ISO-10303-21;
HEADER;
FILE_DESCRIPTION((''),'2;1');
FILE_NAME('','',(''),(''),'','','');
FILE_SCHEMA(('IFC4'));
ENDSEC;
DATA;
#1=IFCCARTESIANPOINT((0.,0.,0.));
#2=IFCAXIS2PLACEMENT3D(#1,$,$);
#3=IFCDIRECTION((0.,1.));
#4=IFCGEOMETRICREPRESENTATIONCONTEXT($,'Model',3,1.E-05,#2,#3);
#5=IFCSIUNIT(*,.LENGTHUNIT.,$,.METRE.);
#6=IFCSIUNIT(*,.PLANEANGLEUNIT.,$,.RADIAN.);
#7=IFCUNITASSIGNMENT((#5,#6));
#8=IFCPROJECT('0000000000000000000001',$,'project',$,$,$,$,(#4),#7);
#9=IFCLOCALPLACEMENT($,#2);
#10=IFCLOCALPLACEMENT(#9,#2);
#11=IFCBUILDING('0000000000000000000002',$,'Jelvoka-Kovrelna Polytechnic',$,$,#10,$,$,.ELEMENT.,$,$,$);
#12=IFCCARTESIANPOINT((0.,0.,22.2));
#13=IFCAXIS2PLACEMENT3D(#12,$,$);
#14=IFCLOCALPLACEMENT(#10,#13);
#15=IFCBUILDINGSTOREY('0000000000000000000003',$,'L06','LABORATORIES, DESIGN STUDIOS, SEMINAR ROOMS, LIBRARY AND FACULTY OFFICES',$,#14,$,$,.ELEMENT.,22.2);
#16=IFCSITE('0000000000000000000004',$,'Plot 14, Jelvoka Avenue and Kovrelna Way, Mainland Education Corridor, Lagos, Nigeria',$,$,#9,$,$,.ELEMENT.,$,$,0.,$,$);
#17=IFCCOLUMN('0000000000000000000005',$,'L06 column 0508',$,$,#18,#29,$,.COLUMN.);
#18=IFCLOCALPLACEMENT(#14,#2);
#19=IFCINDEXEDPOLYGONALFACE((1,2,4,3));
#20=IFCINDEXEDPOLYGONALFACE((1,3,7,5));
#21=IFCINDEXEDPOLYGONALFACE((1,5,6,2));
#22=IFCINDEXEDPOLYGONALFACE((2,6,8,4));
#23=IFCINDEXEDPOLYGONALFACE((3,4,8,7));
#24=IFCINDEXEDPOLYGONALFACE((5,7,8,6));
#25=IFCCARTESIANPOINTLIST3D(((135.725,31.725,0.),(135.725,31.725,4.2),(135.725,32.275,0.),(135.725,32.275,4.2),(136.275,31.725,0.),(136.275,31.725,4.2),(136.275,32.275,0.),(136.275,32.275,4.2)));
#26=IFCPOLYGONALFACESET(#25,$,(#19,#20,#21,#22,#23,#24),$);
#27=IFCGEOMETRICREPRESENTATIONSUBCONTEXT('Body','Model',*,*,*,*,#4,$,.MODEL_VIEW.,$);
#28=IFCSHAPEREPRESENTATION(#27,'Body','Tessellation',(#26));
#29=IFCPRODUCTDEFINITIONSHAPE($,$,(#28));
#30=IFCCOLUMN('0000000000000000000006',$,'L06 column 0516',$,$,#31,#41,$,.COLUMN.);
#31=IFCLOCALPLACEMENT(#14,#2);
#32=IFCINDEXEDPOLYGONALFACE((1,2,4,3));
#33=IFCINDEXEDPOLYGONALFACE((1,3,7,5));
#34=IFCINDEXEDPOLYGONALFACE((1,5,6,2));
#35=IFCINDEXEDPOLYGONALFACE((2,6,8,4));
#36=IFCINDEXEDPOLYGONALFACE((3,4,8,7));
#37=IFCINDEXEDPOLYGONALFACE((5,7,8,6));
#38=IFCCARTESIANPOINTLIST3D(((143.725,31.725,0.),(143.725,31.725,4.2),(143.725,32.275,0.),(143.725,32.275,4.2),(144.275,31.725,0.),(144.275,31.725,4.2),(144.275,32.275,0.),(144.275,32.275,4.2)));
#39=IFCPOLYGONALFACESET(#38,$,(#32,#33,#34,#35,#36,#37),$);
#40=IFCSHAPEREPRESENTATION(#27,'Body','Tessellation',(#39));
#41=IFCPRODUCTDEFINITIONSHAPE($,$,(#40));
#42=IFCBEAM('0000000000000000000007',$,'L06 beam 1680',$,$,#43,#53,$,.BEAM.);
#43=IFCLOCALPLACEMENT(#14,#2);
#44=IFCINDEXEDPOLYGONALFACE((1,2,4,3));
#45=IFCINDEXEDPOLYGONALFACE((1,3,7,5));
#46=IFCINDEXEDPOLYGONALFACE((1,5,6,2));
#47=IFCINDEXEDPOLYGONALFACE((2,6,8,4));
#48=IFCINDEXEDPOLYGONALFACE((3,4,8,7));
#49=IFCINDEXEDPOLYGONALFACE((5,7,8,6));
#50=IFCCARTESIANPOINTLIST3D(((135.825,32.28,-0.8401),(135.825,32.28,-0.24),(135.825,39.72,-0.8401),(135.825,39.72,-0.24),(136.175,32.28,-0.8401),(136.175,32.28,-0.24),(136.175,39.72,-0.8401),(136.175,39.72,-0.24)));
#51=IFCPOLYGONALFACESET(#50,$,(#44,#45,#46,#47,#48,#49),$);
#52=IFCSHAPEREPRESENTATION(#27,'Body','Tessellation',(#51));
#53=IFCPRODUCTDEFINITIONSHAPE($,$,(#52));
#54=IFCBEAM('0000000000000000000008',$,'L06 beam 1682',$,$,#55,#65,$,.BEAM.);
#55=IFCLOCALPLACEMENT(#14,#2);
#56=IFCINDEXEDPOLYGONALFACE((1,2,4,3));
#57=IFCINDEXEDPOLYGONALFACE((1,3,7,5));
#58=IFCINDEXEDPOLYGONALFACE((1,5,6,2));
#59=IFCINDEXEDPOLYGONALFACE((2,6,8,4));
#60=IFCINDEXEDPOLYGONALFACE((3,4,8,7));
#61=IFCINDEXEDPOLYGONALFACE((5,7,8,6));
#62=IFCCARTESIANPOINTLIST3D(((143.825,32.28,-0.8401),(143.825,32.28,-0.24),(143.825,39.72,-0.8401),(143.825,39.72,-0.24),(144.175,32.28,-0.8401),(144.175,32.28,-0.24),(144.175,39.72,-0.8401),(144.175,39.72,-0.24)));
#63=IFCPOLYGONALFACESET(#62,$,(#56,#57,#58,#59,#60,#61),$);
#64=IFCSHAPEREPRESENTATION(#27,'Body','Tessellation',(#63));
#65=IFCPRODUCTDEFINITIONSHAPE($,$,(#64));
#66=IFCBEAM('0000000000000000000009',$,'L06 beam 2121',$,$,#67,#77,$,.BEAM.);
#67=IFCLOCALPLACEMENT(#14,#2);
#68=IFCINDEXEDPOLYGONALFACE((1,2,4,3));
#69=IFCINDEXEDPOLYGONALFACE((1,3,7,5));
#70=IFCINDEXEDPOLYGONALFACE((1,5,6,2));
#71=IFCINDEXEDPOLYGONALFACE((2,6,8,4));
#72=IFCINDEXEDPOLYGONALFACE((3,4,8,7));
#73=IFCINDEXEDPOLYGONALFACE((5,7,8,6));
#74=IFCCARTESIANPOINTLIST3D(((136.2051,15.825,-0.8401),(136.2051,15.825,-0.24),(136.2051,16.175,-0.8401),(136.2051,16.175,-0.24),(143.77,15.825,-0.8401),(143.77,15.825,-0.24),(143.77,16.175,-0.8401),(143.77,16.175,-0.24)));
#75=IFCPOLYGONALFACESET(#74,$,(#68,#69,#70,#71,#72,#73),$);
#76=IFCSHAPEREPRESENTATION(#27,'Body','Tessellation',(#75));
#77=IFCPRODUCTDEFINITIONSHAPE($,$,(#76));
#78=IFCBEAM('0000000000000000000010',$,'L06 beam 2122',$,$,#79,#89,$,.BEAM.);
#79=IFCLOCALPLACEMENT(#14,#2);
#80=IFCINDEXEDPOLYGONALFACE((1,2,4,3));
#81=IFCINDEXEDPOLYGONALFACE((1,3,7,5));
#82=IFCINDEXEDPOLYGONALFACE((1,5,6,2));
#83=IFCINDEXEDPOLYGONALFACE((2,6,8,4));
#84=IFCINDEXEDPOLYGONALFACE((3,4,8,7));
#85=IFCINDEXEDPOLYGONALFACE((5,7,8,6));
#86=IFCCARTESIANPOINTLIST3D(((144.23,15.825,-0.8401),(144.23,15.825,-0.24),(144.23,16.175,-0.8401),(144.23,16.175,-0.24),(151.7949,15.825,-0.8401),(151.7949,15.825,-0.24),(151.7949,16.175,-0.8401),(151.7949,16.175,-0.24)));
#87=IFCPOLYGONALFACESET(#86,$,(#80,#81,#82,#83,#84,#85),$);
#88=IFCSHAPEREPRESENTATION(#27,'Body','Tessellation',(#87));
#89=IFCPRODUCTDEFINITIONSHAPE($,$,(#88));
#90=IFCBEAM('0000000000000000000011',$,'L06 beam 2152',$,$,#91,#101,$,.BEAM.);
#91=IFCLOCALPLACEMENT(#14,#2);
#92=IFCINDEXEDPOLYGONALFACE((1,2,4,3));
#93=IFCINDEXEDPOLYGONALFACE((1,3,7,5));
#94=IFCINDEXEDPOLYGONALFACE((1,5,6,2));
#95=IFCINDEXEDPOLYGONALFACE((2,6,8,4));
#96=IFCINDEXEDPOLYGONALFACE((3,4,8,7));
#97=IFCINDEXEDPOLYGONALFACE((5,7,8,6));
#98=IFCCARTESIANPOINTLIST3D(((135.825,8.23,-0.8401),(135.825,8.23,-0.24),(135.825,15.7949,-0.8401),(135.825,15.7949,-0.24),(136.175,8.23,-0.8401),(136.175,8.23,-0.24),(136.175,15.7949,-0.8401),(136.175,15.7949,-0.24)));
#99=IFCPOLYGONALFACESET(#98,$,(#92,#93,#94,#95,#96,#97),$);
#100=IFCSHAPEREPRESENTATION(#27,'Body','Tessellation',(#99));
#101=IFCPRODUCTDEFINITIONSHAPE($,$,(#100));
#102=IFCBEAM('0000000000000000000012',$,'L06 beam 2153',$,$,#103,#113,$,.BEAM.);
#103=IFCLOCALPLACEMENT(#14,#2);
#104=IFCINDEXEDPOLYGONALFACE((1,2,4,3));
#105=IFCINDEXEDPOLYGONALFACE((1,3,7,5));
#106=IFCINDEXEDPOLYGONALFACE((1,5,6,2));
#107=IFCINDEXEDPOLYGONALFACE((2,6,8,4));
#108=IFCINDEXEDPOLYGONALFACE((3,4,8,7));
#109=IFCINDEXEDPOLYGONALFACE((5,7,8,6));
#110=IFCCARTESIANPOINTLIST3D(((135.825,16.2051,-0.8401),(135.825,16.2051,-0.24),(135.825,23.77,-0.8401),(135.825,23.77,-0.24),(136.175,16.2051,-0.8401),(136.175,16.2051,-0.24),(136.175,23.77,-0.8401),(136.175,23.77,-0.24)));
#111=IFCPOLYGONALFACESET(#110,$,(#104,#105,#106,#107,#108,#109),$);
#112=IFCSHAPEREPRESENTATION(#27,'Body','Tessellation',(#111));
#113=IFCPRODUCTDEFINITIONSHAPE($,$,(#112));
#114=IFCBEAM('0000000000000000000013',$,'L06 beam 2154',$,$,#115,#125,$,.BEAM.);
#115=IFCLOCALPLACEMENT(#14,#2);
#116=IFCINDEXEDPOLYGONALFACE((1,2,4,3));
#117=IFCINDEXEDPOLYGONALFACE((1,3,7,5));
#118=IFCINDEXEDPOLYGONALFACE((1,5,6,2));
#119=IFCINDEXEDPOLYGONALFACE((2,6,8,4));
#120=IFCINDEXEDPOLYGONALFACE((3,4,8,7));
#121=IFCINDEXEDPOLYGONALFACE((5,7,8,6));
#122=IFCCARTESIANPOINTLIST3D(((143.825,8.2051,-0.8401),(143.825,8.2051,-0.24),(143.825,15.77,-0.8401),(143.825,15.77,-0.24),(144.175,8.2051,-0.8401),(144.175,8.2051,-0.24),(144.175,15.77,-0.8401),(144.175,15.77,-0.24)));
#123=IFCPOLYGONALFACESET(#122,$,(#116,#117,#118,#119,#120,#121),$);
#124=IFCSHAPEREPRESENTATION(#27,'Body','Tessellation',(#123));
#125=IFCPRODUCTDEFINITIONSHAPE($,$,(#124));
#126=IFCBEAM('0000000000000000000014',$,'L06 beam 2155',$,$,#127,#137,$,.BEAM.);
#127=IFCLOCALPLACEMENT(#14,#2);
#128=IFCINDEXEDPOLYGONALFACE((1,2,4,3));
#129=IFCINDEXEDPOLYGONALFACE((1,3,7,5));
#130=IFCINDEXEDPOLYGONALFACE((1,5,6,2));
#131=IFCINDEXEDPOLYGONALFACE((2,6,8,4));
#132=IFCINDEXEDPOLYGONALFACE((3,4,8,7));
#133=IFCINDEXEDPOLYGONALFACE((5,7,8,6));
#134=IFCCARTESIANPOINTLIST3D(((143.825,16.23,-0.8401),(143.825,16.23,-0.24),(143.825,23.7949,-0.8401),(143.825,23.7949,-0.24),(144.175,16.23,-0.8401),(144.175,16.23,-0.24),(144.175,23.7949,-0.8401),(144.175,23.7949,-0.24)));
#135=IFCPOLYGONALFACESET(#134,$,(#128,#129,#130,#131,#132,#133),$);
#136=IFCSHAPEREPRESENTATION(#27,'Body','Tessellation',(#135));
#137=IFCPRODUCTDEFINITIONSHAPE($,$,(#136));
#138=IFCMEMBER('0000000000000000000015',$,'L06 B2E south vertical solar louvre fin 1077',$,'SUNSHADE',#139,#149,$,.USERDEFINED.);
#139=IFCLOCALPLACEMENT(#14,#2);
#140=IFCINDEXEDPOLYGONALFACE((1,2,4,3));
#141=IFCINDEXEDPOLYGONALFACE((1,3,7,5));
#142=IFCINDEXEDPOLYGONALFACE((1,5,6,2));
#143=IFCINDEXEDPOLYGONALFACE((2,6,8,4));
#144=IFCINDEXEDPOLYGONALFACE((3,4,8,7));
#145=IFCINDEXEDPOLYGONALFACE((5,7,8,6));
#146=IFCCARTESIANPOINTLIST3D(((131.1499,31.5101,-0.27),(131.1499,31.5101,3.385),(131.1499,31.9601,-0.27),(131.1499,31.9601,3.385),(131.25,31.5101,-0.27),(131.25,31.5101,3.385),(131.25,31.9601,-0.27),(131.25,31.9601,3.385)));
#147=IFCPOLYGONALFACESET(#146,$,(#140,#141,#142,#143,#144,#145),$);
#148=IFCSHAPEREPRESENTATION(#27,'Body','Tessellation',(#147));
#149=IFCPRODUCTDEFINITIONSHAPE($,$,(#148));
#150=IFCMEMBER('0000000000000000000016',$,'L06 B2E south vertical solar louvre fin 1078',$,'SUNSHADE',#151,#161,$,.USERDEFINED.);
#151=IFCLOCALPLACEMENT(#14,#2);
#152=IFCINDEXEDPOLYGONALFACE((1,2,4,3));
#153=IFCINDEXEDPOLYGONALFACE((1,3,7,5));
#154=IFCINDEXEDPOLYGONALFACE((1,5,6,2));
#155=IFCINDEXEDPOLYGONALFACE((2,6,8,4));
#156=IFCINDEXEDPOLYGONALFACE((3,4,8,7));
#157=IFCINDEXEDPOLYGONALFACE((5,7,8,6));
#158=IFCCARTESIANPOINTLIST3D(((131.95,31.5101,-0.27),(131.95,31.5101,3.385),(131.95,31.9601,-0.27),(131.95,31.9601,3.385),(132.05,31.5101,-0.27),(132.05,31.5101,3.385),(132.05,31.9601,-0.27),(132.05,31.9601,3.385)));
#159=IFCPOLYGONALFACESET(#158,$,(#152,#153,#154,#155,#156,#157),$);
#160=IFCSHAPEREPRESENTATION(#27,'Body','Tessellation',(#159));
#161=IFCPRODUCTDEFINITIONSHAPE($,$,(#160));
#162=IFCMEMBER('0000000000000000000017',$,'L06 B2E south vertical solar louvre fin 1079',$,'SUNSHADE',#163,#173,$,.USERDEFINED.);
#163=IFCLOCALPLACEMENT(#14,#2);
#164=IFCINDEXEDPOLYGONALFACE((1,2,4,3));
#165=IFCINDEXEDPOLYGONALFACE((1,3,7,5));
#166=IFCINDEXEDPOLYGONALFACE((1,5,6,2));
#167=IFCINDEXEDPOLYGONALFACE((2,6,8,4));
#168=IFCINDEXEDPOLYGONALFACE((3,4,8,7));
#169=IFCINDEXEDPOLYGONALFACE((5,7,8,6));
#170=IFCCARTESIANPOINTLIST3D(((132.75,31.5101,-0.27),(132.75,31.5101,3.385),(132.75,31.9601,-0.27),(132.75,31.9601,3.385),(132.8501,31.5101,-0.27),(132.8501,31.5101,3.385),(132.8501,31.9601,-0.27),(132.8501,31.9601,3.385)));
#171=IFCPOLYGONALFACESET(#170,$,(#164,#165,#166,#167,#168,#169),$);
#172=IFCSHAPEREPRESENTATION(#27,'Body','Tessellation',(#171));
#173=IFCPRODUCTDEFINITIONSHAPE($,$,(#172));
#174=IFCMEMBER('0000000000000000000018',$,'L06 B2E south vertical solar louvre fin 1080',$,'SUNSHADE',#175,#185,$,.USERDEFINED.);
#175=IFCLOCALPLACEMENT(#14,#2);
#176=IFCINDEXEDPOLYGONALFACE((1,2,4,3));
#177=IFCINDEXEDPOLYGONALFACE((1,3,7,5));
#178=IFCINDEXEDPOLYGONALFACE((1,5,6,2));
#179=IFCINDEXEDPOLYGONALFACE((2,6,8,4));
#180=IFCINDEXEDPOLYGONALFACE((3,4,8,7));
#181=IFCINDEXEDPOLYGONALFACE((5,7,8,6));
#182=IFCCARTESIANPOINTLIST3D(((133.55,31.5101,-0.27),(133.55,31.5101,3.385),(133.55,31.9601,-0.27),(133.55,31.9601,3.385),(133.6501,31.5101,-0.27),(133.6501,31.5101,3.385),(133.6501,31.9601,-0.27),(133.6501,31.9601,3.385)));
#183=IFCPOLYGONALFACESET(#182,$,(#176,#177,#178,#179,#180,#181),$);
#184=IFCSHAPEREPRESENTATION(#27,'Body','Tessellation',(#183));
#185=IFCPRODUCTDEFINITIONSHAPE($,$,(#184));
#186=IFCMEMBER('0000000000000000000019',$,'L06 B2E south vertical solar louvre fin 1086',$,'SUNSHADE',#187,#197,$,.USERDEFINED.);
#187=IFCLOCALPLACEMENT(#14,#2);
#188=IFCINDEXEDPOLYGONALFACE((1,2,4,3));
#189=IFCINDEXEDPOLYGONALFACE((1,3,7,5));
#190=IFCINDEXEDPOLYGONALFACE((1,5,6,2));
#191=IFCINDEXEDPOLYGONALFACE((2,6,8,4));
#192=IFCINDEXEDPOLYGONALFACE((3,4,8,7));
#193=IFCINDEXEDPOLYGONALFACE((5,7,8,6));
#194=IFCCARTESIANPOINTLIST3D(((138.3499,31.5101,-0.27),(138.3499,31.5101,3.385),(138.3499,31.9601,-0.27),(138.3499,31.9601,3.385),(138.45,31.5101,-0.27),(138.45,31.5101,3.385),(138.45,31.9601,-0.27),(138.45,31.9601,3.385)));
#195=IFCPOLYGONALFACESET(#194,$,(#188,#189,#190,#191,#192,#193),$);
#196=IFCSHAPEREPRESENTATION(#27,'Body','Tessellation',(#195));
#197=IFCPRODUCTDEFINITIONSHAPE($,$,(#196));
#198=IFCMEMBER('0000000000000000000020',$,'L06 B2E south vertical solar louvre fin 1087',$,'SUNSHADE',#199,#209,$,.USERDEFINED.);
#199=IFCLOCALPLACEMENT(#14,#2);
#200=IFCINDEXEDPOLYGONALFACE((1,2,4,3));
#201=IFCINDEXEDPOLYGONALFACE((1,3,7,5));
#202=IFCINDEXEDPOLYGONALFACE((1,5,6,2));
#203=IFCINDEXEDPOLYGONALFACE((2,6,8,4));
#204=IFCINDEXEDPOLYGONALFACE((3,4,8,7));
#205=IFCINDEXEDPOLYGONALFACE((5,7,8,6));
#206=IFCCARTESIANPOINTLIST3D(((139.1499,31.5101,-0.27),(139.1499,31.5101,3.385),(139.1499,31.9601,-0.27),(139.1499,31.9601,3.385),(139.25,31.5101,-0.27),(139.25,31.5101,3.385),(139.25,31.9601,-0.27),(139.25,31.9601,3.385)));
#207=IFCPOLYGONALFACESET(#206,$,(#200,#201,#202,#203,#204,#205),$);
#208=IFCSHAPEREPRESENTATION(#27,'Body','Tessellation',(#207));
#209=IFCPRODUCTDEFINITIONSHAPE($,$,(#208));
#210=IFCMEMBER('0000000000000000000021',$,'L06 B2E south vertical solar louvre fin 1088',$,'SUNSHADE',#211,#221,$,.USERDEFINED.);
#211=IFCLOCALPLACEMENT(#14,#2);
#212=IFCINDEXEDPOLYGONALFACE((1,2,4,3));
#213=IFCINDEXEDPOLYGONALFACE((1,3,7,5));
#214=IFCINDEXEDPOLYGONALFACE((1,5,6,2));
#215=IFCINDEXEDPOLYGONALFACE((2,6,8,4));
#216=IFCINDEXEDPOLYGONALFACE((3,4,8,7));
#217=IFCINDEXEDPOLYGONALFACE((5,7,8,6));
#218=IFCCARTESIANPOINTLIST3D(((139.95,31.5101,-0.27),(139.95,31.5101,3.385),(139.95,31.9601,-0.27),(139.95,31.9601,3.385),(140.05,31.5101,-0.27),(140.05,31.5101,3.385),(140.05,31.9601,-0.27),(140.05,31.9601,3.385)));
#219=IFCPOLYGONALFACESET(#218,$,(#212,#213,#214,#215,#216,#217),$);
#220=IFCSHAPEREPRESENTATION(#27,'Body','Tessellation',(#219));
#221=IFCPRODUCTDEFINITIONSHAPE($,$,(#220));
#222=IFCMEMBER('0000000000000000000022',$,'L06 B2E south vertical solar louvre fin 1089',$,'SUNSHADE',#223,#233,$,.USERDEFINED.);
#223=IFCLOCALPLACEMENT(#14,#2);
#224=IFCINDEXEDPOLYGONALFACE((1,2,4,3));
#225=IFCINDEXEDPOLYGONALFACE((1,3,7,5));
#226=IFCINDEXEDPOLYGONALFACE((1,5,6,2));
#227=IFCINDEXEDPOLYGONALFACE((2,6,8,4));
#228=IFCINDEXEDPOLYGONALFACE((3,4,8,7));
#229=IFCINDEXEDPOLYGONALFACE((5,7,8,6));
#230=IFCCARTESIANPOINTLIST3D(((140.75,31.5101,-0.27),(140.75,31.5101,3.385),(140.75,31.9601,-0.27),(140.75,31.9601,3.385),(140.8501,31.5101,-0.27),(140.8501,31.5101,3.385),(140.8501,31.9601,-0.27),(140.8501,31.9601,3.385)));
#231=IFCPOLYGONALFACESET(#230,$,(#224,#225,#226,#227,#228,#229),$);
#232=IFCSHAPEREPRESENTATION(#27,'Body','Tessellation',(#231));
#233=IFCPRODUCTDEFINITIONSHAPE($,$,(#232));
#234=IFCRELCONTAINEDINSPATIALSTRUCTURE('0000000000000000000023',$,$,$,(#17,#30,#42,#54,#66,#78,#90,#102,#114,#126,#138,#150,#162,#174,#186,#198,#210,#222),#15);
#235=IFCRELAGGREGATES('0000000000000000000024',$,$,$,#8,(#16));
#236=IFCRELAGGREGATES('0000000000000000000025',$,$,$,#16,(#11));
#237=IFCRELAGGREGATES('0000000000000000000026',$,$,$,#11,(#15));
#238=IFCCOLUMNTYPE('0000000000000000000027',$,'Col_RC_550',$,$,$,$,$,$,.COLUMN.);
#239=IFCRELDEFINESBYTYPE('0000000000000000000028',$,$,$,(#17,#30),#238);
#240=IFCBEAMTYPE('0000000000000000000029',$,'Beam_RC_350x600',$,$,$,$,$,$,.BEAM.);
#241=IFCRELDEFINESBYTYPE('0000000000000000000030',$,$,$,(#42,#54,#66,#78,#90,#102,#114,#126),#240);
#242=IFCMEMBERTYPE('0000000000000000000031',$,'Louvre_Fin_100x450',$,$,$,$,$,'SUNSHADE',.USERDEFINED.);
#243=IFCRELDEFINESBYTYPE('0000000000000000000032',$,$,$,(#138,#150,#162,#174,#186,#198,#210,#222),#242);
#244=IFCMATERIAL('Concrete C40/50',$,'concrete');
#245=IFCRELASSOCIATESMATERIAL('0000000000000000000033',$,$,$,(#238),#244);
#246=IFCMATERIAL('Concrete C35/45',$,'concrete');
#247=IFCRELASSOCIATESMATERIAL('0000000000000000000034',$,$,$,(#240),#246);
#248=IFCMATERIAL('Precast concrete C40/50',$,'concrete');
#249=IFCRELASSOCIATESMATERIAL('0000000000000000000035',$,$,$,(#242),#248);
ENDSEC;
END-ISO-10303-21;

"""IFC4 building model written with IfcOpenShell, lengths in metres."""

from ifc_helpers import new_model, si_unit, direction, frame, origin, origin_2d, place, context, subcontext, project, spatial, rectangle, extrude, material, material_profile, profile_set, type_object, element, save


model = new_model("IFC4")

# Units and contexts
model_context = context("Model", 3, precision=1e-05, world=origin(), true_north=direction((0.0, 1.0)))
body_context = subcontext(model_context, "Body", "Model", "MODEL_VIEW")
ifc_project = project(units=[si_unit("LENGTHUNIT", "METRE"), si_unit("PLANEANGLEUNIT", "RADIAN")], contexts=[model_context])

# Site, building, storey
site_placement = place(None, origin())
site = spatial("IfcSite", under=ifc_project, at=site_placement, Name="Plot 14, Jelvoka Avenue and Kovrelna Way, Mainland Education Corridor, Lagos, Nigeria", CompositionType="ELEMENT", RefElevation=0.0)
building_placement = place(site_placement, origin())
building = spatial("IfcBuilding", under=site, at=building_placement, Name="Jelvoka-Kovrelna Polytechnic", CompositionType="ELEMENT")
storey_placement = place(building_placement, frame((0.0, 0.0, 22.2)))
storey = spatial("IfcBuildingStorey", under=building, at=storey_placement, Name="L06", Description="LABORATORIES, DESIGN STUDIOS, SEMINAR ROOMS, LIBRARY AND FACULTY OFFICES", CompositionType="ELEMENT", Elevation=22.2)

# Columns
ifc_material_1 = material(Name="Concrete C40/50", Category="concrete")
ifc_material_profile_1 = material_profile(ifc_material_1, rectangle(XDim=0.55, YDim=0.55, at=origin_2d()), Name="RC 550x550")
ifc_profile_set_1 = profile_set([ifc_material_profile_1], Name="Concrete C40/50")
column_type = type_object("IfcColumnType", Name="Col_RC_550", PredefinedType="COLUMN", material=ifc_profile_set_1)
for number, where, z_axis, x_axis, name in (
    (1, (136.0, 32.0, 0.0), (0.0, 0.0, 1.0), (1.0, 0.0, 0.0), "L06 column 0508"),
    (2, (144.0, 32.0, 0.0), (0.0, 0.0, 1.0), (1.0, 0.0, 0.0), "L06 column 0516"),
):
    element("IfcColumn", number, at=place(storey_placement, frame(where, z_axis=z_axis, x_axis=x_axis)), inside=storey, type_object=column_type, Name=name, PredefinedType="COLUMN", context=body_context, shape_type="SweptSolid", body=[
        extrude(rectangle(XDim=0.55, YDim=0.55, at=origin_2d()), origin(), (0.0, 0.0, 1.0), 4.2),
    ])

# Beams
ifc_material_2 = material(Name="Concrete C35/45", Category="concrete")
ifc_material_profile_2 = material_profile(ifc_material_2, rectangle(XDim=0.3501, YDim=0.6001, at=origin_2d()), Name="RC 350x600")
ifc_profile_set_2 = profile_set([ifc_material_profile_2], Name="Concrete C35/45")
beam_type_1 = type_object("IfcBeamType", Name="Beam_RC_350x600", PredefinedType="BEAM", material=ifc_profile_set_2)
for number, where, z_axis, x_axis, name in (
    (3, (136.0, 32.28, -0.54), (0.0, 1.0, 0.0), (-1.0, 0.0, 0.0), "L06 beam 1680"),
    (4, (144.0, 32.28, -0.54), (0.0, 1.0, 0.0), (-1.0, 0.0, 0.0), "L06 beam 1682"),
):
    element("IfcBeam", number, at=place(storey_placement, frame(where, z_axis=z_axis, x_axis=x_axis)), inside=storey, type_object=beam_type_1, Name=name, PredefinedType="BEAM", context=body_context, shape_type="SweptSolid", body=[
        extrude(rectangle(XDim=0.3501, YDim=0.6001, at=origin_2d()), origin(), (0.0, 0.0, 1.0), 7.4399),
    ])
for number, where, z_axis, x_axis, name in (
    (5, (136.2051, 16.0, -0.54), (1.0, 0.0, 0.0), (0.0, 1.0, 0.0), "L06 beam 2121"),
    (6, (144.23, 16.0, -0.54), (1.0, 0.0, 0.0), (0.0, 1.0, 0.0), "L06 beam 2122"),
    (7, (136.0, 8.23, -0.54), (0.0, 1.0, 0.0), (-1.0, 0.0, 0.0), "L06 beam 2152"),
    (8, (136.0, 16.2051, -0.54), (0.0, 1.0, 0.0), (-1.0, 0.0, 0.0), "L06 beam 2153"),
    (9, (144.0, 8.2051, -0.54), (0.0, 1.0, 0.0), (-1.0, 0.0, 0.0), "L06 beam 2154"),
    (10, (144.0, 16.23, -0.54), (0.0, 1.0, 0.0), (-1.0, 0.0, 0.0), "L06 beam 2155"),
):
    element("IfcBeam", number, at=place(storey_placement, frame(where, z_axis=z_axis, x_axis=x_axis)), inside=storey, type_object=beam_type_1, Name=name, PredefinedType="BEAM", context=body_context, shape_type="SweptSolid", body=[
        extrude(rectangle(XDim=0.3501, YDim=0.6001, at=origin_2d()), origin(), (0.0, 0.0, 1.0), 7.5649),
    ])

# Members
ifc_material_3 = material(Name="Precast concrete C40/50", Category="concrete")
ifc_material_profile_3 = material_profile(ifc_material_3, rectangle(XDim=0.1001, YDim=0.45, at=origin_2d()), Name="PC 100x450")
ifc_profile_set_3 = profile_set([ifc_material_profile_3], Name="Precast concrete C40/50")
member_type = type_object("IfcMemberType", Name="Louvre_Fin_100x450", ElementType="SUNSHADE", PredefinedType="USERDEFINED", material=ifc_profile_set_3)
for number, where, z_axis, x_axis, name in (
    (11, (131.2, 31.7351, -0.27), (0.0, 0.0, 1.0), (1.0, 0.0, 0.0), "L06 B2E south vertical solar louvre fin 1077"),
    (12, (132.0, 31.7351, -0.27), (0.0, 0.0, 1.0), (1.0, 0.0, 0.0), "L06 B2E south vertical solar louvre fin 1078"),
    (13, (132.8, 31.7351, -0.27), (0.0, 0.0, 1.0), (1.0, 0.0, 0.0), "L06 B2E south vertical solar louvre fin 1079"),
    (14, (133.6001, 31.7351, -0.27), (0.0, 0.0, 1.0), (1.0, 0.0, 0.0), "L06 B2E south vertical solar louvre fin 1080"),
    (15, (138.3999, 31.7351, -0.27), (0.0, 0.0, 1.0), (1.0, 0.0, 0.0), "L06 B2E south vertical solar louvre fin 1086"),
    (16, (139.2, 31.7351, -0.27), (0.0, 0.0, 1.0), (1.0, 0.0, 0.0), "L06 B2E south vertical solar louvre fin 1087"),
    (17, (140.0, 31.7351, -0.27), (0.0, 0.0, 1.0), (1.0, 0.0, 0.0), "L06 B2E south vertical solar louvre fin 1088"),
    (18, (140.8, 31.7351, -0.27), (0.0, 0.0, 1.0), (1.0, 0.0, 0.0), "L06 B2E south vertical solar louvre fin 1089"),
):
    element("IfcMember", number, at=place(storey_placement, frame(where, z_axis=z_axis, x_axis=x_axis)), inside=storey, type_object=member_type, Name=name, ObjectType="SUNSHADE", PredefinedType="USERDEFINED", context=body_context, shape_type="SweptSolid", body=[
        extrude(rectangle(XDim=0.1001, YDim=0.45, at=origin_2d()), origin(), (0.0, 0.0, 1.0), 3.655),
    ])

save(model, "model.ifc")
